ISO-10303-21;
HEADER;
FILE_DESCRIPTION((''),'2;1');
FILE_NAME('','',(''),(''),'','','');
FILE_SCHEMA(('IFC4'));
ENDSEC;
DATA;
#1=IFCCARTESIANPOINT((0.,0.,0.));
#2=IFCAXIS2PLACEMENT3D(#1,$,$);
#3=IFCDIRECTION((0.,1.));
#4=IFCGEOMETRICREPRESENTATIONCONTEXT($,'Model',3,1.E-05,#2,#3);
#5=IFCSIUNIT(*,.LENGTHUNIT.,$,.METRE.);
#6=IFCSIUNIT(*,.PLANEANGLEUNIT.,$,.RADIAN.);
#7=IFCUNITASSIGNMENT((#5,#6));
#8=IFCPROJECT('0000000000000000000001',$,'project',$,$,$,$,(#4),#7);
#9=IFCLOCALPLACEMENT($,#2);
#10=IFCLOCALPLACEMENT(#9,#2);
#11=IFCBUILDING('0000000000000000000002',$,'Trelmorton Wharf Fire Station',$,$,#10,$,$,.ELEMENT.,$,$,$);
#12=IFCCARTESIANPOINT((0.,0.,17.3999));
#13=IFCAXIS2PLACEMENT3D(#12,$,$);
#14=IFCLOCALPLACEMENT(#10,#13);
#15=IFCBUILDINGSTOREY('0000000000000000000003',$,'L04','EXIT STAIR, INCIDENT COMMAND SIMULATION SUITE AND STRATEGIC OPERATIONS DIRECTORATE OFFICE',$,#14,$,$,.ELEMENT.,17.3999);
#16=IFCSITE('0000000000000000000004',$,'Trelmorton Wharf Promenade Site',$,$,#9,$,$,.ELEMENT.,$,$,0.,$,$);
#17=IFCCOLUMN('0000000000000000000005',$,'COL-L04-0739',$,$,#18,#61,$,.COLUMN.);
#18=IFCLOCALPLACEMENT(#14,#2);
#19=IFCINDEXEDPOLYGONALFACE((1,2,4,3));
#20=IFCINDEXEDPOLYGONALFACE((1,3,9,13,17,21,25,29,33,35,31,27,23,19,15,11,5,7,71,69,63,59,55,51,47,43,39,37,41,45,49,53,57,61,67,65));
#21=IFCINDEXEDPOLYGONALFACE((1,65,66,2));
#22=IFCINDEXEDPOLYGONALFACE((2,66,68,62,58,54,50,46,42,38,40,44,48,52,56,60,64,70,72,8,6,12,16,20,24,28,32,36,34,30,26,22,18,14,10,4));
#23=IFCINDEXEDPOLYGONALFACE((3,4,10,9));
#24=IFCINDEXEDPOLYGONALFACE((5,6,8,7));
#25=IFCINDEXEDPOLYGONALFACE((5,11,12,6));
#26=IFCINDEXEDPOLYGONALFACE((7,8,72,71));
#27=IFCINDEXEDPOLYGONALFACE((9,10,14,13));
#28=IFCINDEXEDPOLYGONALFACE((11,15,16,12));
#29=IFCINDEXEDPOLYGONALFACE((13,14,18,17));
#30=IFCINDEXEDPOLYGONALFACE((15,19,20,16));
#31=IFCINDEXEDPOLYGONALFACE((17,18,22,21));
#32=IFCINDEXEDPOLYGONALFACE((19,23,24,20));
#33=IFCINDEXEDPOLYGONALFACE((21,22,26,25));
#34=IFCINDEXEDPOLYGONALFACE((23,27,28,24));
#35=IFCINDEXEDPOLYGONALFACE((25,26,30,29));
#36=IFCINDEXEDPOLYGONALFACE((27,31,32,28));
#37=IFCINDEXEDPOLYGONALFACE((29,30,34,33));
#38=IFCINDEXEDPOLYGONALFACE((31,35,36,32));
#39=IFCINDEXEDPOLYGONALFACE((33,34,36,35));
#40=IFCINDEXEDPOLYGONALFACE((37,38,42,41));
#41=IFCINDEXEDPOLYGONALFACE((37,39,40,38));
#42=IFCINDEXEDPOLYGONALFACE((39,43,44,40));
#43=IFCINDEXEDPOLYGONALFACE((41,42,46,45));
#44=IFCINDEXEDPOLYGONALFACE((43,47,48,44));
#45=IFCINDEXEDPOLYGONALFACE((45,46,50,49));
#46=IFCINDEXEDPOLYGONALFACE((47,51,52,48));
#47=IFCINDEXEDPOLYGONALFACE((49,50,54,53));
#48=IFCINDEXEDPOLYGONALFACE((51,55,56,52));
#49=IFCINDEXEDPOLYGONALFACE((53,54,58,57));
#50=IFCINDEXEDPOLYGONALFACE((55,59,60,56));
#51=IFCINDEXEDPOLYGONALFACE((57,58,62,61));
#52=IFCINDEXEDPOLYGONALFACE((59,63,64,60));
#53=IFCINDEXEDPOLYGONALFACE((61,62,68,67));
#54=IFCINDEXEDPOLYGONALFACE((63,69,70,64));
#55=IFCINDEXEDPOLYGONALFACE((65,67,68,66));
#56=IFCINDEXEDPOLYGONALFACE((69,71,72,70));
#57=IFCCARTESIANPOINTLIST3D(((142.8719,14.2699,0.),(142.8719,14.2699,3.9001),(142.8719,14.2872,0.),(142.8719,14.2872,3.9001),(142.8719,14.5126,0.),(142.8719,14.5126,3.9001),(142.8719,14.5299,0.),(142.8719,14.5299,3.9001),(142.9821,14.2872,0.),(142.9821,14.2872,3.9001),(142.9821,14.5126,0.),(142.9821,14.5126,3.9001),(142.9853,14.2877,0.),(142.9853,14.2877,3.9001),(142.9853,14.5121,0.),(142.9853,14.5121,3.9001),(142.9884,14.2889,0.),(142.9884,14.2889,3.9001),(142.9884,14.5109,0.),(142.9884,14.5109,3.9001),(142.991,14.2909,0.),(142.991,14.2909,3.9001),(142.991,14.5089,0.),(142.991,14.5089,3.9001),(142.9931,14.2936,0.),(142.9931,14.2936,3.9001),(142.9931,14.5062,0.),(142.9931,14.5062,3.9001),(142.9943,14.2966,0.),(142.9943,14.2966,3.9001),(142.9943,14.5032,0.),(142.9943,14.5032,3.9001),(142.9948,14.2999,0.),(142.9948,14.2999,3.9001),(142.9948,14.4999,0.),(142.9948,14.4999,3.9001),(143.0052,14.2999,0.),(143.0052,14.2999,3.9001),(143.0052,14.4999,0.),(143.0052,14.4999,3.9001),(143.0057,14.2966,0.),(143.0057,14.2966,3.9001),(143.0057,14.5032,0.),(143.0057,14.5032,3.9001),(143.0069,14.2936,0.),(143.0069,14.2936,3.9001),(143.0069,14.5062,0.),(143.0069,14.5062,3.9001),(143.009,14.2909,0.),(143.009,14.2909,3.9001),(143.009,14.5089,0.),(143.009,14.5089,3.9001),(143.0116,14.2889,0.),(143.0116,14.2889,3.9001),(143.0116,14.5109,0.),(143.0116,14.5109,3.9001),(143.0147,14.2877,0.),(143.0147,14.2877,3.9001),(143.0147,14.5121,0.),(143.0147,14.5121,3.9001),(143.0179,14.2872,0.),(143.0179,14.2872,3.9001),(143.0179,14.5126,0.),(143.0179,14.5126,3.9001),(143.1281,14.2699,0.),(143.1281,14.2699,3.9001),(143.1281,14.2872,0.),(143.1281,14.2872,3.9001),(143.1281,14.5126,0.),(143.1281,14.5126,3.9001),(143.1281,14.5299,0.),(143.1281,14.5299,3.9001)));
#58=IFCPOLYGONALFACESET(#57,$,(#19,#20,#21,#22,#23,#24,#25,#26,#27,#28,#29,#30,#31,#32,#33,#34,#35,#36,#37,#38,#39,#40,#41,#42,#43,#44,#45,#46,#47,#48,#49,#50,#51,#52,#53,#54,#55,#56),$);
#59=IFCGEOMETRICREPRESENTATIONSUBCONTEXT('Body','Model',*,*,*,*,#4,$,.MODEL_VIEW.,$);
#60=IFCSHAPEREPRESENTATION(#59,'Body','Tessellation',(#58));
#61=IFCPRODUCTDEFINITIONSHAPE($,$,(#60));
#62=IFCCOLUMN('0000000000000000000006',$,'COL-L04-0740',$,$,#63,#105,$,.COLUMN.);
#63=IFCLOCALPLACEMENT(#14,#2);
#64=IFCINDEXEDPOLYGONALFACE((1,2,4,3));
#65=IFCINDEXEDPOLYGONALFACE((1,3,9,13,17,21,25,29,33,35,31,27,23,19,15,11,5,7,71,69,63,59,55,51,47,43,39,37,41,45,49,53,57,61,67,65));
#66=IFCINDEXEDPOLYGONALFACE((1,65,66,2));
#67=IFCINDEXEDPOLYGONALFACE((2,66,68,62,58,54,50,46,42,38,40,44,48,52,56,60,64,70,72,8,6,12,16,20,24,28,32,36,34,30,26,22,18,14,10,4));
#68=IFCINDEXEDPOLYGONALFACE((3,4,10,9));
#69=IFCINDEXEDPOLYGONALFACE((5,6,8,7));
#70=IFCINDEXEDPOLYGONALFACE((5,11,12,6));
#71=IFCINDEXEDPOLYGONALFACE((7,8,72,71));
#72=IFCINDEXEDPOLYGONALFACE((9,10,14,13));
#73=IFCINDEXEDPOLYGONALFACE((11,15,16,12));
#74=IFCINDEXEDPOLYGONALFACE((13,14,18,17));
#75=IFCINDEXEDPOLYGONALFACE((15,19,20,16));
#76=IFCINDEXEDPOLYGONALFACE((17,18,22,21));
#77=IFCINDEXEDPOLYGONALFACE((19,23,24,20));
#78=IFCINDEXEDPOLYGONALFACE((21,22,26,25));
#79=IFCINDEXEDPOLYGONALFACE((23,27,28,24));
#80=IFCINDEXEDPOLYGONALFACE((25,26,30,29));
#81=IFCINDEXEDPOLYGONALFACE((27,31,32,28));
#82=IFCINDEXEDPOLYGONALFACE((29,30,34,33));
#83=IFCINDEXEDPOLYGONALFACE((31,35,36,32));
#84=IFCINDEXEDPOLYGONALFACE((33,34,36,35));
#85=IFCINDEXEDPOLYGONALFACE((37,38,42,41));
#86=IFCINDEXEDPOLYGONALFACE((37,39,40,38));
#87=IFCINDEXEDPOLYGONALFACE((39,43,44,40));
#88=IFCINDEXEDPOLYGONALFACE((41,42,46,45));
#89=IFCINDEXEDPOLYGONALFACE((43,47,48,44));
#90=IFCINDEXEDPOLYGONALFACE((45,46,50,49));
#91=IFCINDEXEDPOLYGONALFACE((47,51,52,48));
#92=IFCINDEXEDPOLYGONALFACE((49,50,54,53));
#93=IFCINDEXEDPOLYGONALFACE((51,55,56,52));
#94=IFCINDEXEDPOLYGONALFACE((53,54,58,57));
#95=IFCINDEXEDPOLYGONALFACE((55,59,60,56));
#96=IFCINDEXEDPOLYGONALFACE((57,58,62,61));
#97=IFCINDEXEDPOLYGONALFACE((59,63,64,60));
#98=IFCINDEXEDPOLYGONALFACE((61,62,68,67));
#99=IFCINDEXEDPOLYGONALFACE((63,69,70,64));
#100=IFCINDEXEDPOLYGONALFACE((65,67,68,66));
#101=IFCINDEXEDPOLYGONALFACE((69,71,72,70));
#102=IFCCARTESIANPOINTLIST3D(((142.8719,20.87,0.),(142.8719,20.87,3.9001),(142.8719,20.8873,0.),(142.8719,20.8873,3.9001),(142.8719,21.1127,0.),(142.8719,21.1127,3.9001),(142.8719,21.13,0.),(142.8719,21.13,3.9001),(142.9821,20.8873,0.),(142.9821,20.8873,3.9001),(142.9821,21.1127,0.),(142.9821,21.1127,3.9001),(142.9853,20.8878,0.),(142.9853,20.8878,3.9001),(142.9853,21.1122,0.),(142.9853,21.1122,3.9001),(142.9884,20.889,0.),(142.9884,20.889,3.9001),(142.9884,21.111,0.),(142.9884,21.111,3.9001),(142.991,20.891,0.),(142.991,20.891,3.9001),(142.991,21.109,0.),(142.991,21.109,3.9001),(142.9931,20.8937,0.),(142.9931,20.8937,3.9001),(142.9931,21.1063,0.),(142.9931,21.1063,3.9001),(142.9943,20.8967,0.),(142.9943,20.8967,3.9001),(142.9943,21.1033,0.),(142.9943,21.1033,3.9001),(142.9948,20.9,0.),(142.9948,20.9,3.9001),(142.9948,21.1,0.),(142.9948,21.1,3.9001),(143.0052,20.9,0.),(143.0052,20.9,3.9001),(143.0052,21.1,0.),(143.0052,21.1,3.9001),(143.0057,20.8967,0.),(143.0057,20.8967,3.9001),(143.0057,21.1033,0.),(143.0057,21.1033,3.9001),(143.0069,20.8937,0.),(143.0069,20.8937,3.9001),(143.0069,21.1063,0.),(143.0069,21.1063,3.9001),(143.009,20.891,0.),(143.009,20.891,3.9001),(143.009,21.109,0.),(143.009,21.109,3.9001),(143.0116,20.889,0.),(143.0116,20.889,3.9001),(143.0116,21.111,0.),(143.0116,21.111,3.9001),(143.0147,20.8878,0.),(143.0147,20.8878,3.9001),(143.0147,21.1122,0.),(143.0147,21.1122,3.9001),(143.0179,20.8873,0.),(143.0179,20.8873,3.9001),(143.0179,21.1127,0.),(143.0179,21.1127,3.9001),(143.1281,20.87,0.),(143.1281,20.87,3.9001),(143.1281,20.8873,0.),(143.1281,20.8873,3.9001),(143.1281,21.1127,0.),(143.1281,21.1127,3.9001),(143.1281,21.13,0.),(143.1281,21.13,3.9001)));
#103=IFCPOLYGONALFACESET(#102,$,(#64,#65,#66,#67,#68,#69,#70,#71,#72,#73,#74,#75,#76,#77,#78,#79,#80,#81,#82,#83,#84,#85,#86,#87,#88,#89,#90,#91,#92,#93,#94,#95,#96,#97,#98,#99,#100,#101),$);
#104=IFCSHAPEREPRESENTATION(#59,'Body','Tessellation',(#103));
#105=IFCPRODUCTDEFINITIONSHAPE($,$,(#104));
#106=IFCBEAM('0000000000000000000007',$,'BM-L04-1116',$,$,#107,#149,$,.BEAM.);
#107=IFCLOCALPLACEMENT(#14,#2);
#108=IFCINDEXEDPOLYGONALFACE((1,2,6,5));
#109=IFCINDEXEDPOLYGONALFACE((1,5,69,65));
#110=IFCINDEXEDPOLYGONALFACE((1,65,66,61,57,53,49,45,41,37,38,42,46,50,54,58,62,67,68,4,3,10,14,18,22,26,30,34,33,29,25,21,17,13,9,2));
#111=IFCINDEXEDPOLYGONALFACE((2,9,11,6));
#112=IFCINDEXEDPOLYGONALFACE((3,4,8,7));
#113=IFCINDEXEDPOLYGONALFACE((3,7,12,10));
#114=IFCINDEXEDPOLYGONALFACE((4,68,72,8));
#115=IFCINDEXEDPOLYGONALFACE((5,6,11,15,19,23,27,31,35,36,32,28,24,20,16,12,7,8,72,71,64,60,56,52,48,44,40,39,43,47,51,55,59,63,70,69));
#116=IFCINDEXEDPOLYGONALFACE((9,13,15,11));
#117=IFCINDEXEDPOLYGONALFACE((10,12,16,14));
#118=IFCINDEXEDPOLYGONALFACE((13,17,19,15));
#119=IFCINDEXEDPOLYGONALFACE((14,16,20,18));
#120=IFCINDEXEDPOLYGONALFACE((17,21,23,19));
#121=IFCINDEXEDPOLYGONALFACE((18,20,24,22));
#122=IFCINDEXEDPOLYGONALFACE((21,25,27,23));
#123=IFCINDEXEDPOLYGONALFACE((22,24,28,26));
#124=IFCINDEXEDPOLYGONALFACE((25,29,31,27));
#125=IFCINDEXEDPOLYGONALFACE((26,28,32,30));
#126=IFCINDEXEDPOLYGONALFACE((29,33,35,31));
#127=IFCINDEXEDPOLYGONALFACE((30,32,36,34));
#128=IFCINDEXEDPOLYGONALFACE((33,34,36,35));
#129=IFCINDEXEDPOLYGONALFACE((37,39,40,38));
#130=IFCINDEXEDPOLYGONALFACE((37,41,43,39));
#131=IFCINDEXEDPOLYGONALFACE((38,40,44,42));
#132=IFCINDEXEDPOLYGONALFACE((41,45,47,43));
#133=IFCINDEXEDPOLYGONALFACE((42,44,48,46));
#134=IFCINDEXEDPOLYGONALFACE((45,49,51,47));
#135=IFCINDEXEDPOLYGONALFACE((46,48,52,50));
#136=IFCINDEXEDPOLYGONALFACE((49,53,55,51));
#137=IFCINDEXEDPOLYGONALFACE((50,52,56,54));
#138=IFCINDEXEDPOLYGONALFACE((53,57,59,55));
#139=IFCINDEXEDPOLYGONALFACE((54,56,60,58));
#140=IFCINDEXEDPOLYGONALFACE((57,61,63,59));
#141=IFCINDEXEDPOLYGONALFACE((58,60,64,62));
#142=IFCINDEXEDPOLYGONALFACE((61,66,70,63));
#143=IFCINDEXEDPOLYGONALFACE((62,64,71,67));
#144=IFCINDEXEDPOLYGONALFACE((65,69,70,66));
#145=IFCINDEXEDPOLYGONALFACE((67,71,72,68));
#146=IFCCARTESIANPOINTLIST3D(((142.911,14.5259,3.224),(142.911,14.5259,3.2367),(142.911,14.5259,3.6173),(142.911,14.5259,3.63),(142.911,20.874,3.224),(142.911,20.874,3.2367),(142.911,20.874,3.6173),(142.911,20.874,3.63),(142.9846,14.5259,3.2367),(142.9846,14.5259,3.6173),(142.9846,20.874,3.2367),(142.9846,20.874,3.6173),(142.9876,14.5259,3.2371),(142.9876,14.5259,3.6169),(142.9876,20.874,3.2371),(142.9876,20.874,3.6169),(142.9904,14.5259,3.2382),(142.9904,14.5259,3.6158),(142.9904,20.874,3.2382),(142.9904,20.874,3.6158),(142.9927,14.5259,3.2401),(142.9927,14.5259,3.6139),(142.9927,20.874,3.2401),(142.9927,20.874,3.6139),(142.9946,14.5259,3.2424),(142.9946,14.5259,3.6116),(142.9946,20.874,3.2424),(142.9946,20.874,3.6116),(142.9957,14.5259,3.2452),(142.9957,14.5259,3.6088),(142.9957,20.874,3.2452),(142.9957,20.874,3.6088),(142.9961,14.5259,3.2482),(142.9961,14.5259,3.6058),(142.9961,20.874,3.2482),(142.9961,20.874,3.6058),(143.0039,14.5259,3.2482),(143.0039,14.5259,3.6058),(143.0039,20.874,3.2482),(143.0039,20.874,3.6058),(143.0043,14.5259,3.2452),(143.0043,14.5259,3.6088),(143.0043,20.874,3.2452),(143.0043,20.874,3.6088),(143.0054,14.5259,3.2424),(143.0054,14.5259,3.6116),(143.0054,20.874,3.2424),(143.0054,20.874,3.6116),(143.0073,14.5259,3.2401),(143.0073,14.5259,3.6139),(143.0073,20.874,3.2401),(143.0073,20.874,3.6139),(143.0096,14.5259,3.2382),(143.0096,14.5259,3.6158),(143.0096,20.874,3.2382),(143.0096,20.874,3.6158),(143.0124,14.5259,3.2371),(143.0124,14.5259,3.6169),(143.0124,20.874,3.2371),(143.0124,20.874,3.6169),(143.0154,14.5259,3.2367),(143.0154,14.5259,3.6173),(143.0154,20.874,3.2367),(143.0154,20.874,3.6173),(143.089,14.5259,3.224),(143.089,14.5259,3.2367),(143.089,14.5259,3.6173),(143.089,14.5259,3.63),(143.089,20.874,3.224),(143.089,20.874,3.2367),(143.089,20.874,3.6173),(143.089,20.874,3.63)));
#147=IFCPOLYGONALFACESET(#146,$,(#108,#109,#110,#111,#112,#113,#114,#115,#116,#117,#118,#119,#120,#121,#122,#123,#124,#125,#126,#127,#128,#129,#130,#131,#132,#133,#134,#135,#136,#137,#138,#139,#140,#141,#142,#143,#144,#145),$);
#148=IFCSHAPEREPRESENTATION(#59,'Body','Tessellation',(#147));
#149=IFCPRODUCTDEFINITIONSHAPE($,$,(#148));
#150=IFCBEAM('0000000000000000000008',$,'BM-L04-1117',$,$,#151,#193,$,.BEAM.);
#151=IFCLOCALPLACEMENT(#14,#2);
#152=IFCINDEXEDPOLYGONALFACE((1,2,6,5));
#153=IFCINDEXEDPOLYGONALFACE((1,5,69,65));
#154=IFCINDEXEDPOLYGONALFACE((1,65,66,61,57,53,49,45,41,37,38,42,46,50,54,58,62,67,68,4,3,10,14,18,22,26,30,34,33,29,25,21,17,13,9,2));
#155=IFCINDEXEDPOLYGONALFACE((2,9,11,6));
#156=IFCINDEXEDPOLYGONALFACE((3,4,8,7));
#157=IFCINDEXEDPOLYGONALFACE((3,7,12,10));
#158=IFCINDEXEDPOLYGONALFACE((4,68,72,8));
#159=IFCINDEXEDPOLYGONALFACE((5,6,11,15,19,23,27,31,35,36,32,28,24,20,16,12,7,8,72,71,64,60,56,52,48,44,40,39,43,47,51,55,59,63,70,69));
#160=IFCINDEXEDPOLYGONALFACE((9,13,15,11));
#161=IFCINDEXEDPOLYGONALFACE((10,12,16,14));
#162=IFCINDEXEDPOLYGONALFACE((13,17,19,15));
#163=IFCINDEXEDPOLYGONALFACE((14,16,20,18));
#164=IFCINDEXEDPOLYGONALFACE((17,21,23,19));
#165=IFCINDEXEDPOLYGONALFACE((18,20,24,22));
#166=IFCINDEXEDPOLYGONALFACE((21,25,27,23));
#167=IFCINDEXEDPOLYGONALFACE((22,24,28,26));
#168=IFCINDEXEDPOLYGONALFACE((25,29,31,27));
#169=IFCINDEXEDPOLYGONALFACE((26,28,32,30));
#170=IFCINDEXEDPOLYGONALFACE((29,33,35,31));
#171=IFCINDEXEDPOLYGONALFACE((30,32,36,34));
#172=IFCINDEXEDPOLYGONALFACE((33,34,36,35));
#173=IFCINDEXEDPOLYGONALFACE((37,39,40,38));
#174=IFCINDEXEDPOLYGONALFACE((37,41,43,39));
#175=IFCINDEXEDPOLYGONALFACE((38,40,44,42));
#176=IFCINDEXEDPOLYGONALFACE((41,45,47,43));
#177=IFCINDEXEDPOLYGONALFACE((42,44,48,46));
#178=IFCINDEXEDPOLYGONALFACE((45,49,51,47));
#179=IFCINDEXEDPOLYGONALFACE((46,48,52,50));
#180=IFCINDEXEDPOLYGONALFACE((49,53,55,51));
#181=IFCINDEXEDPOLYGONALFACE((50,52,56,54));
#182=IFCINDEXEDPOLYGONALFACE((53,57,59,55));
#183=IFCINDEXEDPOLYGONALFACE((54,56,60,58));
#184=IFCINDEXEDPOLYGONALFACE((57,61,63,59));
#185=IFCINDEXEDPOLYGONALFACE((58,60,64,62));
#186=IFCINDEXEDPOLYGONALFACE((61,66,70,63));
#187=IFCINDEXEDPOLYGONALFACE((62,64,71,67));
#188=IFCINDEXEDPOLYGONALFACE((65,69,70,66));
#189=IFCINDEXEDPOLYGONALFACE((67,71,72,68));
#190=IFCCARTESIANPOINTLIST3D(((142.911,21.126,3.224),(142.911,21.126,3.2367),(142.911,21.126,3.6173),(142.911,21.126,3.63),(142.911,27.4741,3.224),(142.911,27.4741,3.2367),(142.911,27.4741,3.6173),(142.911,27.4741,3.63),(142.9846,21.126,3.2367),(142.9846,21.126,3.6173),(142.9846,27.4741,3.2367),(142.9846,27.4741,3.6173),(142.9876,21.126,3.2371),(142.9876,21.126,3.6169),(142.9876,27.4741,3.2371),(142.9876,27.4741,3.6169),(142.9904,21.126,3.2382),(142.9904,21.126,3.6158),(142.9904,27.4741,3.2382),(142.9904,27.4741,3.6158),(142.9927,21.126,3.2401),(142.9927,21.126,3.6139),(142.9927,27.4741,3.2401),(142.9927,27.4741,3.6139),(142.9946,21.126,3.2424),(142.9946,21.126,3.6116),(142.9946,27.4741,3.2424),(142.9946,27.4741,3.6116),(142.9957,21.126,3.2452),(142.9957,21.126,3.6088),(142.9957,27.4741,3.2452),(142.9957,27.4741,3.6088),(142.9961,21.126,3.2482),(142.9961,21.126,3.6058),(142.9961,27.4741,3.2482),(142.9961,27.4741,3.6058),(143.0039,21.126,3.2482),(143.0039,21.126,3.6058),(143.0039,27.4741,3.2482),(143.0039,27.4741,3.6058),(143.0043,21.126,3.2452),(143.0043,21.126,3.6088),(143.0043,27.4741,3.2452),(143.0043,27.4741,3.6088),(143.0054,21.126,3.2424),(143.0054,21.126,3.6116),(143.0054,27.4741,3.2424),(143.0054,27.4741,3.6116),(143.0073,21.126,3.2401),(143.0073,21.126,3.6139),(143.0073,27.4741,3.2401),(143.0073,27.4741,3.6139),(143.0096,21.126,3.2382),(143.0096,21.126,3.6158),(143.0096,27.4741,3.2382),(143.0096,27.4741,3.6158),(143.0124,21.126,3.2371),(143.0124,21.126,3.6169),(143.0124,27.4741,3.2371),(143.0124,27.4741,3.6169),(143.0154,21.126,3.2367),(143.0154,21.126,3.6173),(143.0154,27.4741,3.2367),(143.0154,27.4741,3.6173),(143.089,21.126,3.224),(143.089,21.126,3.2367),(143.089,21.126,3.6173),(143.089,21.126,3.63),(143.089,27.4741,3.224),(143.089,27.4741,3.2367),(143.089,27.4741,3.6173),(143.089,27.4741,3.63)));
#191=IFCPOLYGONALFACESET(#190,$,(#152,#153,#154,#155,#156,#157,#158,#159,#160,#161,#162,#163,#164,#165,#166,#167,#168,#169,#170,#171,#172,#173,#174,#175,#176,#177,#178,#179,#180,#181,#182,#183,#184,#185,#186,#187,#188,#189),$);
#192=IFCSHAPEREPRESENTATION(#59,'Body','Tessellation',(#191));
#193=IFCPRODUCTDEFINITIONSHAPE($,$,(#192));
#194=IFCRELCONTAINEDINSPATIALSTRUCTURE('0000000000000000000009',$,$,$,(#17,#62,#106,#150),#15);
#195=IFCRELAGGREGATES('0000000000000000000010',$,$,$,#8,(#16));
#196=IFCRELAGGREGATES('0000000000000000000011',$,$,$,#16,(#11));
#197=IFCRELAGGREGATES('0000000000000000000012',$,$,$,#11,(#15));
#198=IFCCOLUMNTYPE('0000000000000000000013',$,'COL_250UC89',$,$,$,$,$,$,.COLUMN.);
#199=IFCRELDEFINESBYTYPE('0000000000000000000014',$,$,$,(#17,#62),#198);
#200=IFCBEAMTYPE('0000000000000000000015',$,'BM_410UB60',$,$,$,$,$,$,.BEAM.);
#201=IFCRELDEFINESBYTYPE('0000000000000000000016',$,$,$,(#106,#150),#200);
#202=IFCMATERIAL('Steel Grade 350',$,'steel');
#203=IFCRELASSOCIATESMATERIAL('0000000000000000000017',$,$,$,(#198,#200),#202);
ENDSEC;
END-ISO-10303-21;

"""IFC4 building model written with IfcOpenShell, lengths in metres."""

from ifc_helpers import new_model, si_unit, direction, frame, origin, origin_2d, place, context, subcontext, project, spatial, i_section, extrude, material, material_profile, profile_set, type_object, element, save


model = new_model("IFC4")

# Units and contexts
model_context = context("Model", 3, precision=1e-05, world=origin(), true_north=direction((0.0, 1.0)))
body_context = subcontext(model_context, "Body", "Model", "MODEL_VIEW")
ifc_project = project(units=[si_unit("LENGTHUNIT", "METRE"), si_unit("PLANEANGLEUNIT", "RADIAN")], contexts=[model_context])

# Site, building, storey
site_placement = place(None, origin())
site = spatial("IfcSite", under=ifc_project, at=site_placement, Name="Trelmorton Wharf Promenade Site", CompositionType="ELEMENT", RefElevation=0.0)
building_placement = place(site_placement, origin())
building = spatial("IfcBuilding", under=site, at=building_placement, Name="Trelmorton Wharf Fire Station", CompositionType="ELEMENT")
storey_placement = place(building_placement, frame((0.0, 0.0, 17.3999)))
storey = spatial("IfcBuildingStorey", under=building, at=storey_placement, Name="L04", Description="EXIT STAIR, INCIDENT COMMAND SIMULATION SUITE AND STRATEGIC OPERATIONS DIRECTORATE OFFICE", CompositionType="ELEMENT", Elevation=17.3999)

# Columns
ifc_material_1 = material(Name="Steel Grade 350", Category="steel")
ifc_material_profile_1 = material_profile(ifc_material_1, i_section(OverallWidth=0.2561, OverallDepth=0.26, WebThickness=0.0105, FlangeThickness=0.0173, FilletRadius=0.0127, at=origin_2d()), Name="250UC89.5")
ifc_profile_set_1 = profile_set([ifc_material_profile_1], Name="Steel Grade 350")
column_type = type_object("IfcColumnType", Name="COL_250UC89", PredefinedType="COLUMN", material=ifc_profile_set_1)
for number, where, z_axis, x_axis, name in (
    (1, (143.0, 14.3999, 0.0), (0.0, 0.0, 1.0), (1.0, 0.0, 0.0), "COL-L04-0739"),
    (2, (143.0, 21.0, 0.0), (0.0, 0.0, 1.0), (1.0, 0.0, 0.0), "COL-L04-0740"),
):
    element("IfcColumn", number, at=place(storey_placement, frame(where, z_axis=z_axis, x_axis=x_axis)), inside=storey, type_object=column_type, Name=name, PredefinedType="COLUMN", context=body_context, shape_type="SweptSolid", body=[
        extrude(i_section(OverallWidth=0.2561, OverallDepth=0.26, WebThickness=0.0105, FlangeThickness=0.0173, FilletRadius=0.0127, at=origin_2d()), origin(), (0.0, 0.0, 1.0), 3.9001),
    ])

# Beams
ifc_material_profile_2 = material_profile(ifc_material_1, i_section(OverallWidth=0.178, OverallDepth=0.406, WebThickness=0.0078, FlangeThickness=0.0127, FilletRadius=0.0115, at=origin_2d()), Name="410UB59.7")
ifc_profile_set_2 = profile_set([ifc_material_profile_2], Name="Steel Grade 350")
beam_type_1 = type_object("IfcBeamType", Name="BM_410UB60", PredefinedType="BEAM", material=ifc_profile_set_2)
for number, where, z_axis, x_axis, name in (
    (3, (143.0, 14.5259, 3.427), (0.0, 1.0, 0.0), (-1.0, 0.0, 0.0), "BM-L04-1116"),
    (4, (143.0, 21.126, 3.427), (0.0, 1.0, 0.0), (-1.0, 0.0, 0.0), "BM-L04-1117"),
):
    element("IfcBeam", number, at=place(storey_placement, frame(where, z_axis=z_axis, x_axis=x_axis)), inside=storey, type_object=beam_type_1, Name=name, PredefinedType="BEAM", context=body_context, shape_type="SweptSolid", body=[
        extrude(i_section(OverallWidth=0.178, OverallDepth=0.406, WebThickness=0.0078, FlangeThickness=0.0127, FilletRadius=0.0115, at=origin_2d()), origin(), (0.0, 0.0, 1.0), 6.3481),
    ])

save(model, "model.ifc")
